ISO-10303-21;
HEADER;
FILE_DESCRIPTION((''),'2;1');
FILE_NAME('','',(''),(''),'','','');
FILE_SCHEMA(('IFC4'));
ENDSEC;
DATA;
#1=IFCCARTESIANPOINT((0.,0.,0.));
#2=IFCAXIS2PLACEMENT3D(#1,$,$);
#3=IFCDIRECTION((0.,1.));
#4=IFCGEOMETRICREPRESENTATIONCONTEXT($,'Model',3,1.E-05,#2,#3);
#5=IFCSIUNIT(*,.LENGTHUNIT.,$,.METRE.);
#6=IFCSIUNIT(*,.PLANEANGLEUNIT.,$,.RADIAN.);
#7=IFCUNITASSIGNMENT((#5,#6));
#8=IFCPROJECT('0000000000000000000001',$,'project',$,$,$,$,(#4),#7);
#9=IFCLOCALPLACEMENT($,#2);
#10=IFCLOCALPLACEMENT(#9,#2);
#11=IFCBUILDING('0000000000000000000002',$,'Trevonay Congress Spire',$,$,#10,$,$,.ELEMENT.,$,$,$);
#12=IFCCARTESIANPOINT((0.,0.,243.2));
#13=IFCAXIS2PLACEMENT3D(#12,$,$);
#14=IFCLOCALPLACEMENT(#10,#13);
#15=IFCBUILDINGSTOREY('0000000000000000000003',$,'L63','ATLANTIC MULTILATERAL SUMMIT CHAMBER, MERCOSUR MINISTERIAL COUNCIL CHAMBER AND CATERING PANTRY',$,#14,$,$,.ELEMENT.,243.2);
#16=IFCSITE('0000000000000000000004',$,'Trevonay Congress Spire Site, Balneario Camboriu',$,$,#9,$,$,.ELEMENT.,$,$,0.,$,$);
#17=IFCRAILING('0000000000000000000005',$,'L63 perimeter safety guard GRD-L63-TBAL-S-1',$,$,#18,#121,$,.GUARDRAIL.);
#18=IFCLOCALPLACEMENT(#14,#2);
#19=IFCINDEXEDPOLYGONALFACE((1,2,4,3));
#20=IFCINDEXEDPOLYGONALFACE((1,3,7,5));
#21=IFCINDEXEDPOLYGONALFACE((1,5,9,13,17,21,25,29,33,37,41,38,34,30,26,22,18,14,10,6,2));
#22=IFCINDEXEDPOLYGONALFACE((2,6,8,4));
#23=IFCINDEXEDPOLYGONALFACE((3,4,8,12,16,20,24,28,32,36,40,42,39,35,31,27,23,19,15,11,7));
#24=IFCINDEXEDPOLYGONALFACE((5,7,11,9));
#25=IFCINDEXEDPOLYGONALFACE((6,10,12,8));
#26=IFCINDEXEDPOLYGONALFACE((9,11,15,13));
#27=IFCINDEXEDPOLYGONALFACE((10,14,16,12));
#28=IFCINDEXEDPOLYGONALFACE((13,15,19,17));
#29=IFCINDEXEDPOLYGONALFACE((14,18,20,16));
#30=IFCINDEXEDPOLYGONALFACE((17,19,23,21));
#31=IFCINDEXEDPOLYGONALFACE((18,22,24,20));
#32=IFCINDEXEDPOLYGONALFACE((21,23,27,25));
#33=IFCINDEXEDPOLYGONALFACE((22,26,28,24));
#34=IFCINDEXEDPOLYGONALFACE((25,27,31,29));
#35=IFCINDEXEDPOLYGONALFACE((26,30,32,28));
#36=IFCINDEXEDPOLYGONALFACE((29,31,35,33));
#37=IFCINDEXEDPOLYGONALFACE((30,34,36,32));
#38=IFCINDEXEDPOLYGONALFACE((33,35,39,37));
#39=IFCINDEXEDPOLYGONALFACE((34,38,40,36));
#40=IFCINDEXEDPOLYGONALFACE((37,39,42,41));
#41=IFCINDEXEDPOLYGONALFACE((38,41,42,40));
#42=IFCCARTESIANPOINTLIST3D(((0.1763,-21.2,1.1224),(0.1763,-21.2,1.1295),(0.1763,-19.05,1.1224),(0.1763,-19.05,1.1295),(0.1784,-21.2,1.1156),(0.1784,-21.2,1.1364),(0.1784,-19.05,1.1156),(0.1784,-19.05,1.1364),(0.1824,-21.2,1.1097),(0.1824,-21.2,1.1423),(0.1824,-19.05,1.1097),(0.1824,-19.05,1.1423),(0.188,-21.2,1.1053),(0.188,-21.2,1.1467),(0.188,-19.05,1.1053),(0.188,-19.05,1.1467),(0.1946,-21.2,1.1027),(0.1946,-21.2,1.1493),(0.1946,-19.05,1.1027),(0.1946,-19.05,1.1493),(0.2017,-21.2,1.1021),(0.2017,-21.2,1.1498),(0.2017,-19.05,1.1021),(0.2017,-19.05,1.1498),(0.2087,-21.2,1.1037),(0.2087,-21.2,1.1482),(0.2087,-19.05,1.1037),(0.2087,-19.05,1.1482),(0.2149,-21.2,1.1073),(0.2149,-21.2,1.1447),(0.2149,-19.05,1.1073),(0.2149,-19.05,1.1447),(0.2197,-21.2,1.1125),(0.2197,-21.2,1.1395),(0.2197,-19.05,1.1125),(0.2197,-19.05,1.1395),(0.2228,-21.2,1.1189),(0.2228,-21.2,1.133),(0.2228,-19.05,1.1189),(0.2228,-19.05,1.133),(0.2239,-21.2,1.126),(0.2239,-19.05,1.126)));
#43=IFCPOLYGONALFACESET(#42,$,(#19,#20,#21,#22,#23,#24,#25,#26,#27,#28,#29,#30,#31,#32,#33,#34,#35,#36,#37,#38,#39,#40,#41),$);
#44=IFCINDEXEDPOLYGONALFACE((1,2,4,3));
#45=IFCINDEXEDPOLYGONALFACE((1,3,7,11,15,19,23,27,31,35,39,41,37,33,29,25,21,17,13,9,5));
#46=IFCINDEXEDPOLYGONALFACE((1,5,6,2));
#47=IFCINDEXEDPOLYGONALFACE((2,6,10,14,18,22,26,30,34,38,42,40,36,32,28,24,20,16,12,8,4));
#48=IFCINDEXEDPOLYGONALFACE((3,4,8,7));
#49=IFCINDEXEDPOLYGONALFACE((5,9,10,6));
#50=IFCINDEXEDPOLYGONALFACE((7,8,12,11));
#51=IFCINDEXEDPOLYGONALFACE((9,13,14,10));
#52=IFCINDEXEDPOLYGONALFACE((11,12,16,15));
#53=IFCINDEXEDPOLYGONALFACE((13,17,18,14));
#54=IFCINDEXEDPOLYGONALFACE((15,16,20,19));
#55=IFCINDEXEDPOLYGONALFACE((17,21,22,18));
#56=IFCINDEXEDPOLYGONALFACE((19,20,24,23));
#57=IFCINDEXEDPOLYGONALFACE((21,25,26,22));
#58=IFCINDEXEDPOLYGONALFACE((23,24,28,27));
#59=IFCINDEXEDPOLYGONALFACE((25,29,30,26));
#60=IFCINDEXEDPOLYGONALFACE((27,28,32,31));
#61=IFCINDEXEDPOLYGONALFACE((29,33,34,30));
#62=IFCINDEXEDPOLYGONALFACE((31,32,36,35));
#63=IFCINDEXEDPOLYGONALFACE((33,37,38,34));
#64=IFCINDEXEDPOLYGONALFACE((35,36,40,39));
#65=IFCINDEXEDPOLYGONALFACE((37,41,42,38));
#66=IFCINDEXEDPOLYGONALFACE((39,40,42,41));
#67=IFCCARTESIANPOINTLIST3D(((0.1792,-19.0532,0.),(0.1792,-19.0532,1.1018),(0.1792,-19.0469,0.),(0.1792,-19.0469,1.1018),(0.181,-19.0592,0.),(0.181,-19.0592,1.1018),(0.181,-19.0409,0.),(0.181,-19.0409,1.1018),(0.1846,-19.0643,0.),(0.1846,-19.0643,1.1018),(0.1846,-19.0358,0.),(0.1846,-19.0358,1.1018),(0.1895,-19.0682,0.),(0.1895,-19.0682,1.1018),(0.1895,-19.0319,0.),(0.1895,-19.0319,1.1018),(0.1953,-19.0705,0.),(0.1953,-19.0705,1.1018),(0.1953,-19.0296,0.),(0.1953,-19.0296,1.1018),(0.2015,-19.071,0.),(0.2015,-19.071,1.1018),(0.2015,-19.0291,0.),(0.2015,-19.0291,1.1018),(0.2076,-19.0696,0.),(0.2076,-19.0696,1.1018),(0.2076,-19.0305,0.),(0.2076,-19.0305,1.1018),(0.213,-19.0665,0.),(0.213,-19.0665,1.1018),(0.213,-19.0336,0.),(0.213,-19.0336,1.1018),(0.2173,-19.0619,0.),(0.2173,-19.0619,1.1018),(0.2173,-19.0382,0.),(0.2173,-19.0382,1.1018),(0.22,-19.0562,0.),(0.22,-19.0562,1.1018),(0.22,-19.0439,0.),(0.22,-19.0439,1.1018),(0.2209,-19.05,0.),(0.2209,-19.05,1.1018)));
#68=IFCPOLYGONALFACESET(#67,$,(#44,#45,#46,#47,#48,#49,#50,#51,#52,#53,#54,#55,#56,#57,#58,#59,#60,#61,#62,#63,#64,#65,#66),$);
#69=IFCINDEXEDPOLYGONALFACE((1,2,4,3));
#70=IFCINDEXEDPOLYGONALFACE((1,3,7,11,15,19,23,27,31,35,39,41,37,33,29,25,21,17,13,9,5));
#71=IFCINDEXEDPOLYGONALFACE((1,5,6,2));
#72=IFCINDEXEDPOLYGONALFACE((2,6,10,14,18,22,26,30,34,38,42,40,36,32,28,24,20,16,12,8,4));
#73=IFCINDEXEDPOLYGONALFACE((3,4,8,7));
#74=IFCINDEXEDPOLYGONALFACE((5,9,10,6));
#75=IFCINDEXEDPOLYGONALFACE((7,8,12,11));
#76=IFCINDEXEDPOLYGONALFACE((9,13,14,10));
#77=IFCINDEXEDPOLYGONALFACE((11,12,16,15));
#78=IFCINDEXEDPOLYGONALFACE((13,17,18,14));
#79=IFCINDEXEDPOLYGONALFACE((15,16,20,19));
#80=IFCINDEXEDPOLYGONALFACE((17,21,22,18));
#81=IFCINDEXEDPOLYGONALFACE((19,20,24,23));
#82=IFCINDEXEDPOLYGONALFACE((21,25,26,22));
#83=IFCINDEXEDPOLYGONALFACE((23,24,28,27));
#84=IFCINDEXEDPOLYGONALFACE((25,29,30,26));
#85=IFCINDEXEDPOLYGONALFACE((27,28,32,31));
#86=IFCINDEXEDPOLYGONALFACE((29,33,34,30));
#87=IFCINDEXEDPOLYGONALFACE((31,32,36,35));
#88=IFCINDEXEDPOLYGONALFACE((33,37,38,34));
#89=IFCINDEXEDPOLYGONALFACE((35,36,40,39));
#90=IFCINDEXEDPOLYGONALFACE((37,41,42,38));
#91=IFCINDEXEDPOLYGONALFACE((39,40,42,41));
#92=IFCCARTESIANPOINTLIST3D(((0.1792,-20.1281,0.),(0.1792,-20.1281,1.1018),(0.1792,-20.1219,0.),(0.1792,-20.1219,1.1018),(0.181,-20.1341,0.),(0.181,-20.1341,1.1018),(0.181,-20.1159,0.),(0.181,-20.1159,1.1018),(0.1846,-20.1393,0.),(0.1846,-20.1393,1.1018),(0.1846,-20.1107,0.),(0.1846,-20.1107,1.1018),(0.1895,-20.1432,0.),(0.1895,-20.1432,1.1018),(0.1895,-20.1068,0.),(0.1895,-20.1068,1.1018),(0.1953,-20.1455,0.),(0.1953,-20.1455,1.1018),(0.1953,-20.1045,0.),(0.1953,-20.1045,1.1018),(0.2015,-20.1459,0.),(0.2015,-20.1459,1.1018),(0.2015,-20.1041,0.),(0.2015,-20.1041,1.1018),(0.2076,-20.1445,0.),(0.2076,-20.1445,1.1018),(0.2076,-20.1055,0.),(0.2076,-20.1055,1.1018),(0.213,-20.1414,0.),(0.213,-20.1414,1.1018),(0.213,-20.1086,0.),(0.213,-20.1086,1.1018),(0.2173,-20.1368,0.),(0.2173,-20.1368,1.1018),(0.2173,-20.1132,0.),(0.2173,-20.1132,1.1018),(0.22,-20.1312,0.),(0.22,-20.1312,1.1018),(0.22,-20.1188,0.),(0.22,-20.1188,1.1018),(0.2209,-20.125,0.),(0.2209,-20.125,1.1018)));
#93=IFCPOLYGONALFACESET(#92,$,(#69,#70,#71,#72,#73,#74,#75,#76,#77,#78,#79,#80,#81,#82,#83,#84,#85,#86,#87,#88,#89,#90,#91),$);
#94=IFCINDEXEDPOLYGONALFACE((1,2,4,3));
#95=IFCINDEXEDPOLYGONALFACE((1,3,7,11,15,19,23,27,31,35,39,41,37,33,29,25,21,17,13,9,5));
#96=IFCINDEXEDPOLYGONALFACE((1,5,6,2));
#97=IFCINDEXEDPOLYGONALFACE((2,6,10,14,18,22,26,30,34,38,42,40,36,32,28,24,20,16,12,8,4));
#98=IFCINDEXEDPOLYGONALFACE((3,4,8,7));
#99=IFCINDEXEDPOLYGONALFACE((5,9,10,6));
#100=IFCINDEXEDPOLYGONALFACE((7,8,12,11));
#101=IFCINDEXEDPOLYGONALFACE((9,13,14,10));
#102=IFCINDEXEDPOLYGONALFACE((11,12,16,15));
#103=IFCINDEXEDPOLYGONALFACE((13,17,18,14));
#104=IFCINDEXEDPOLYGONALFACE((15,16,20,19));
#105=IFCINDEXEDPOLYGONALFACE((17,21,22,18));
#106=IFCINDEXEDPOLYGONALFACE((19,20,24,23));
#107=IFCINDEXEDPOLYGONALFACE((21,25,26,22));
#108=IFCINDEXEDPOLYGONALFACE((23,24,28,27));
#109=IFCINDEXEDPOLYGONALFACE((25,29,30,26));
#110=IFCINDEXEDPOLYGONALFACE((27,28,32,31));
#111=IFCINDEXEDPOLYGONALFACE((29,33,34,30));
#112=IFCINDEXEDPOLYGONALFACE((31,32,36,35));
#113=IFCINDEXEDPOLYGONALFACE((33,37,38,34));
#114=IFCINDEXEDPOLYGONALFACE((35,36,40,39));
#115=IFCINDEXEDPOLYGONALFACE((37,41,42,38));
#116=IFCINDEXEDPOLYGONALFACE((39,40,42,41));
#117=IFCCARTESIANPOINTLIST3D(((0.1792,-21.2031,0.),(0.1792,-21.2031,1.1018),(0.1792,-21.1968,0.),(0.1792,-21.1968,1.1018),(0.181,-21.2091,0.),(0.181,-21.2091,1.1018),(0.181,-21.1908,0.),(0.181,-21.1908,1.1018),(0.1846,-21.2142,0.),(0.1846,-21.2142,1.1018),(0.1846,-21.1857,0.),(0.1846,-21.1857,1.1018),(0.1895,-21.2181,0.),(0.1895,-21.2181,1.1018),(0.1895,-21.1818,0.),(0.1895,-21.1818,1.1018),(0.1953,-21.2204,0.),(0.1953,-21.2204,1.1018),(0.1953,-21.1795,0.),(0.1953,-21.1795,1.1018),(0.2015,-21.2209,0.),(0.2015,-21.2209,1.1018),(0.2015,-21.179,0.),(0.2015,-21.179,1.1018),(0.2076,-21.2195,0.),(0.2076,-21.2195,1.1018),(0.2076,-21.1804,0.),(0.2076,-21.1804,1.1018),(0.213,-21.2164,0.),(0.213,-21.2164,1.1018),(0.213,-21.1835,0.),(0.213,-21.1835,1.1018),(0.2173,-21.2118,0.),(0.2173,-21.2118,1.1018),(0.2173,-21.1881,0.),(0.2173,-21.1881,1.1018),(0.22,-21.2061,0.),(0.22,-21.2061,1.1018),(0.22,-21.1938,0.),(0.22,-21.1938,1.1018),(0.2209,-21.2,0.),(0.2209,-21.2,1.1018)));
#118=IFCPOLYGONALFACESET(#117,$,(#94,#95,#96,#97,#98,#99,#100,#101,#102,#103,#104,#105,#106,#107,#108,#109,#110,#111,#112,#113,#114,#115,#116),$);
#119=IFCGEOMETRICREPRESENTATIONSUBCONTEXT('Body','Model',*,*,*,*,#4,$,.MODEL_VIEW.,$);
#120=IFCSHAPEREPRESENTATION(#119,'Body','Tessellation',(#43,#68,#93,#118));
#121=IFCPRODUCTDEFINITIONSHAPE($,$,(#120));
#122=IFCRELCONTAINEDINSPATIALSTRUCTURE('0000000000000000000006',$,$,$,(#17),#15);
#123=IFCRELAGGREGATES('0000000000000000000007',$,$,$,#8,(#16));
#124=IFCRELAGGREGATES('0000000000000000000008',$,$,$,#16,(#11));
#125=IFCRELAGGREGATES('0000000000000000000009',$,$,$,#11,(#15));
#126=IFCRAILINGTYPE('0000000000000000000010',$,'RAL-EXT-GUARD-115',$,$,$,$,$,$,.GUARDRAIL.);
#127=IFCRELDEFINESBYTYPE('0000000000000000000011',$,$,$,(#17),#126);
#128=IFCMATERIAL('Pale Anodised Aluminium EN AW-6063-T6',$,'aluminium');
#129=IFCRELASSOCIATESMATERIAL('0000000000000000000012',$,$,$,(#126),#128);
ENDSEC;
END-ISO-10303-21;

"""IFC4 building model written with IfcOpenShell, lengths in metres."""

from ifc_helpers import new_model, si_unit, direction, frame, origin, origin_2d, place, context, subcontext, project, spatial, circle, extrude, material, type_object, element, save


model = new_model("IFC4")

# Units and contexts
model_context = context("Model", 3, precision=1e-05, world=origin(), true_north=direction((0.0, 1.0)))
body_context = subcontext(model_context, "Body", "Model", "MODEL_VIEW")
ifc_project = project(units=[si_unit("LENGTHUNIT", "METRE"), si_unit("PLANEANGLEUNIT", "RADIAN")], contexts=[model_context])

# Site, building, storey
site_placement = place(None, origin())
site = spatial("IfcSite", under=ifc_project, at=site_placement, Name="Trevonay Congress Spire Site, Balneario Camboriu", CompositionType="ELEMENT", RefElevation=0.0)
building_placement = place(site_placement, origin())
building = spatial("IfcBuilding", under=site, at=building_placement, Name="Trevonay Congress Spire", CompositionType="ELEMENT")
storey_placement = place(building_placement, frame((0.0, 0.0, 243.2)))
storey = spatial("IfcBuildingStorey", under=building, at=storey_placement, Name="L63", Description="ATLANTIC MULTILATERAL SUMMIT CHAMBER, MERCOSUR MINISTERIAL COUNCIL CHAMBER AND CATERING PANTRY", CompositionType="ELEMENT", Elevation=243.2)

# Shared definitions
ifc_material_1 = material(Name="Pale Anodised Aluminium EN AW-6063-T6", Category="aluminium")

# Railing
railing_type = type_object("IfcRailingType", Name="RAL-EXT-GUARD-115", PredefinedType="GUARDRAIL", material=ifc_material_1)
railing_1_placement = place(storey_placement, frame((0.2, -19.05, 0.0)))
element("IfcRailing", 1, at=railing_1_placement, inside=storey, type_object=railing_type, Name="L63 perimeter safety guard GRD-L63-TBAL-S-1", PredefinedType="GUARDRAIL", context=body_context, shape_type="SweptSolid", body=[
    extrude(circle(Radius=0.0239, at=origin_2d()), frame((0.0, 0.0, 1.126), z_axis=(0.0, -1.0, 0.0), x_axis=(1.0, 0.0, 0.0)), (0.0, 0.0, 1.0), 2.1499),
    extrude(circle(Radius=0.021, at=origin_2d()), origin(), (0.0, 0.0, 1.0), 1.1018),
    extrude(circle(Radius=0.021, at=origin_2d()), frame((0.0, -1.075, 0.0)), (0.0, 0.0, 1.0), 1.1018),
    extrude(circle(Radius=0.021, at=origin_2d()), frame((0.0, -2.1499, 0.0)), (0.0, 0.0, 1.0), 1.1018),
])

save(model, "model.ifc")
